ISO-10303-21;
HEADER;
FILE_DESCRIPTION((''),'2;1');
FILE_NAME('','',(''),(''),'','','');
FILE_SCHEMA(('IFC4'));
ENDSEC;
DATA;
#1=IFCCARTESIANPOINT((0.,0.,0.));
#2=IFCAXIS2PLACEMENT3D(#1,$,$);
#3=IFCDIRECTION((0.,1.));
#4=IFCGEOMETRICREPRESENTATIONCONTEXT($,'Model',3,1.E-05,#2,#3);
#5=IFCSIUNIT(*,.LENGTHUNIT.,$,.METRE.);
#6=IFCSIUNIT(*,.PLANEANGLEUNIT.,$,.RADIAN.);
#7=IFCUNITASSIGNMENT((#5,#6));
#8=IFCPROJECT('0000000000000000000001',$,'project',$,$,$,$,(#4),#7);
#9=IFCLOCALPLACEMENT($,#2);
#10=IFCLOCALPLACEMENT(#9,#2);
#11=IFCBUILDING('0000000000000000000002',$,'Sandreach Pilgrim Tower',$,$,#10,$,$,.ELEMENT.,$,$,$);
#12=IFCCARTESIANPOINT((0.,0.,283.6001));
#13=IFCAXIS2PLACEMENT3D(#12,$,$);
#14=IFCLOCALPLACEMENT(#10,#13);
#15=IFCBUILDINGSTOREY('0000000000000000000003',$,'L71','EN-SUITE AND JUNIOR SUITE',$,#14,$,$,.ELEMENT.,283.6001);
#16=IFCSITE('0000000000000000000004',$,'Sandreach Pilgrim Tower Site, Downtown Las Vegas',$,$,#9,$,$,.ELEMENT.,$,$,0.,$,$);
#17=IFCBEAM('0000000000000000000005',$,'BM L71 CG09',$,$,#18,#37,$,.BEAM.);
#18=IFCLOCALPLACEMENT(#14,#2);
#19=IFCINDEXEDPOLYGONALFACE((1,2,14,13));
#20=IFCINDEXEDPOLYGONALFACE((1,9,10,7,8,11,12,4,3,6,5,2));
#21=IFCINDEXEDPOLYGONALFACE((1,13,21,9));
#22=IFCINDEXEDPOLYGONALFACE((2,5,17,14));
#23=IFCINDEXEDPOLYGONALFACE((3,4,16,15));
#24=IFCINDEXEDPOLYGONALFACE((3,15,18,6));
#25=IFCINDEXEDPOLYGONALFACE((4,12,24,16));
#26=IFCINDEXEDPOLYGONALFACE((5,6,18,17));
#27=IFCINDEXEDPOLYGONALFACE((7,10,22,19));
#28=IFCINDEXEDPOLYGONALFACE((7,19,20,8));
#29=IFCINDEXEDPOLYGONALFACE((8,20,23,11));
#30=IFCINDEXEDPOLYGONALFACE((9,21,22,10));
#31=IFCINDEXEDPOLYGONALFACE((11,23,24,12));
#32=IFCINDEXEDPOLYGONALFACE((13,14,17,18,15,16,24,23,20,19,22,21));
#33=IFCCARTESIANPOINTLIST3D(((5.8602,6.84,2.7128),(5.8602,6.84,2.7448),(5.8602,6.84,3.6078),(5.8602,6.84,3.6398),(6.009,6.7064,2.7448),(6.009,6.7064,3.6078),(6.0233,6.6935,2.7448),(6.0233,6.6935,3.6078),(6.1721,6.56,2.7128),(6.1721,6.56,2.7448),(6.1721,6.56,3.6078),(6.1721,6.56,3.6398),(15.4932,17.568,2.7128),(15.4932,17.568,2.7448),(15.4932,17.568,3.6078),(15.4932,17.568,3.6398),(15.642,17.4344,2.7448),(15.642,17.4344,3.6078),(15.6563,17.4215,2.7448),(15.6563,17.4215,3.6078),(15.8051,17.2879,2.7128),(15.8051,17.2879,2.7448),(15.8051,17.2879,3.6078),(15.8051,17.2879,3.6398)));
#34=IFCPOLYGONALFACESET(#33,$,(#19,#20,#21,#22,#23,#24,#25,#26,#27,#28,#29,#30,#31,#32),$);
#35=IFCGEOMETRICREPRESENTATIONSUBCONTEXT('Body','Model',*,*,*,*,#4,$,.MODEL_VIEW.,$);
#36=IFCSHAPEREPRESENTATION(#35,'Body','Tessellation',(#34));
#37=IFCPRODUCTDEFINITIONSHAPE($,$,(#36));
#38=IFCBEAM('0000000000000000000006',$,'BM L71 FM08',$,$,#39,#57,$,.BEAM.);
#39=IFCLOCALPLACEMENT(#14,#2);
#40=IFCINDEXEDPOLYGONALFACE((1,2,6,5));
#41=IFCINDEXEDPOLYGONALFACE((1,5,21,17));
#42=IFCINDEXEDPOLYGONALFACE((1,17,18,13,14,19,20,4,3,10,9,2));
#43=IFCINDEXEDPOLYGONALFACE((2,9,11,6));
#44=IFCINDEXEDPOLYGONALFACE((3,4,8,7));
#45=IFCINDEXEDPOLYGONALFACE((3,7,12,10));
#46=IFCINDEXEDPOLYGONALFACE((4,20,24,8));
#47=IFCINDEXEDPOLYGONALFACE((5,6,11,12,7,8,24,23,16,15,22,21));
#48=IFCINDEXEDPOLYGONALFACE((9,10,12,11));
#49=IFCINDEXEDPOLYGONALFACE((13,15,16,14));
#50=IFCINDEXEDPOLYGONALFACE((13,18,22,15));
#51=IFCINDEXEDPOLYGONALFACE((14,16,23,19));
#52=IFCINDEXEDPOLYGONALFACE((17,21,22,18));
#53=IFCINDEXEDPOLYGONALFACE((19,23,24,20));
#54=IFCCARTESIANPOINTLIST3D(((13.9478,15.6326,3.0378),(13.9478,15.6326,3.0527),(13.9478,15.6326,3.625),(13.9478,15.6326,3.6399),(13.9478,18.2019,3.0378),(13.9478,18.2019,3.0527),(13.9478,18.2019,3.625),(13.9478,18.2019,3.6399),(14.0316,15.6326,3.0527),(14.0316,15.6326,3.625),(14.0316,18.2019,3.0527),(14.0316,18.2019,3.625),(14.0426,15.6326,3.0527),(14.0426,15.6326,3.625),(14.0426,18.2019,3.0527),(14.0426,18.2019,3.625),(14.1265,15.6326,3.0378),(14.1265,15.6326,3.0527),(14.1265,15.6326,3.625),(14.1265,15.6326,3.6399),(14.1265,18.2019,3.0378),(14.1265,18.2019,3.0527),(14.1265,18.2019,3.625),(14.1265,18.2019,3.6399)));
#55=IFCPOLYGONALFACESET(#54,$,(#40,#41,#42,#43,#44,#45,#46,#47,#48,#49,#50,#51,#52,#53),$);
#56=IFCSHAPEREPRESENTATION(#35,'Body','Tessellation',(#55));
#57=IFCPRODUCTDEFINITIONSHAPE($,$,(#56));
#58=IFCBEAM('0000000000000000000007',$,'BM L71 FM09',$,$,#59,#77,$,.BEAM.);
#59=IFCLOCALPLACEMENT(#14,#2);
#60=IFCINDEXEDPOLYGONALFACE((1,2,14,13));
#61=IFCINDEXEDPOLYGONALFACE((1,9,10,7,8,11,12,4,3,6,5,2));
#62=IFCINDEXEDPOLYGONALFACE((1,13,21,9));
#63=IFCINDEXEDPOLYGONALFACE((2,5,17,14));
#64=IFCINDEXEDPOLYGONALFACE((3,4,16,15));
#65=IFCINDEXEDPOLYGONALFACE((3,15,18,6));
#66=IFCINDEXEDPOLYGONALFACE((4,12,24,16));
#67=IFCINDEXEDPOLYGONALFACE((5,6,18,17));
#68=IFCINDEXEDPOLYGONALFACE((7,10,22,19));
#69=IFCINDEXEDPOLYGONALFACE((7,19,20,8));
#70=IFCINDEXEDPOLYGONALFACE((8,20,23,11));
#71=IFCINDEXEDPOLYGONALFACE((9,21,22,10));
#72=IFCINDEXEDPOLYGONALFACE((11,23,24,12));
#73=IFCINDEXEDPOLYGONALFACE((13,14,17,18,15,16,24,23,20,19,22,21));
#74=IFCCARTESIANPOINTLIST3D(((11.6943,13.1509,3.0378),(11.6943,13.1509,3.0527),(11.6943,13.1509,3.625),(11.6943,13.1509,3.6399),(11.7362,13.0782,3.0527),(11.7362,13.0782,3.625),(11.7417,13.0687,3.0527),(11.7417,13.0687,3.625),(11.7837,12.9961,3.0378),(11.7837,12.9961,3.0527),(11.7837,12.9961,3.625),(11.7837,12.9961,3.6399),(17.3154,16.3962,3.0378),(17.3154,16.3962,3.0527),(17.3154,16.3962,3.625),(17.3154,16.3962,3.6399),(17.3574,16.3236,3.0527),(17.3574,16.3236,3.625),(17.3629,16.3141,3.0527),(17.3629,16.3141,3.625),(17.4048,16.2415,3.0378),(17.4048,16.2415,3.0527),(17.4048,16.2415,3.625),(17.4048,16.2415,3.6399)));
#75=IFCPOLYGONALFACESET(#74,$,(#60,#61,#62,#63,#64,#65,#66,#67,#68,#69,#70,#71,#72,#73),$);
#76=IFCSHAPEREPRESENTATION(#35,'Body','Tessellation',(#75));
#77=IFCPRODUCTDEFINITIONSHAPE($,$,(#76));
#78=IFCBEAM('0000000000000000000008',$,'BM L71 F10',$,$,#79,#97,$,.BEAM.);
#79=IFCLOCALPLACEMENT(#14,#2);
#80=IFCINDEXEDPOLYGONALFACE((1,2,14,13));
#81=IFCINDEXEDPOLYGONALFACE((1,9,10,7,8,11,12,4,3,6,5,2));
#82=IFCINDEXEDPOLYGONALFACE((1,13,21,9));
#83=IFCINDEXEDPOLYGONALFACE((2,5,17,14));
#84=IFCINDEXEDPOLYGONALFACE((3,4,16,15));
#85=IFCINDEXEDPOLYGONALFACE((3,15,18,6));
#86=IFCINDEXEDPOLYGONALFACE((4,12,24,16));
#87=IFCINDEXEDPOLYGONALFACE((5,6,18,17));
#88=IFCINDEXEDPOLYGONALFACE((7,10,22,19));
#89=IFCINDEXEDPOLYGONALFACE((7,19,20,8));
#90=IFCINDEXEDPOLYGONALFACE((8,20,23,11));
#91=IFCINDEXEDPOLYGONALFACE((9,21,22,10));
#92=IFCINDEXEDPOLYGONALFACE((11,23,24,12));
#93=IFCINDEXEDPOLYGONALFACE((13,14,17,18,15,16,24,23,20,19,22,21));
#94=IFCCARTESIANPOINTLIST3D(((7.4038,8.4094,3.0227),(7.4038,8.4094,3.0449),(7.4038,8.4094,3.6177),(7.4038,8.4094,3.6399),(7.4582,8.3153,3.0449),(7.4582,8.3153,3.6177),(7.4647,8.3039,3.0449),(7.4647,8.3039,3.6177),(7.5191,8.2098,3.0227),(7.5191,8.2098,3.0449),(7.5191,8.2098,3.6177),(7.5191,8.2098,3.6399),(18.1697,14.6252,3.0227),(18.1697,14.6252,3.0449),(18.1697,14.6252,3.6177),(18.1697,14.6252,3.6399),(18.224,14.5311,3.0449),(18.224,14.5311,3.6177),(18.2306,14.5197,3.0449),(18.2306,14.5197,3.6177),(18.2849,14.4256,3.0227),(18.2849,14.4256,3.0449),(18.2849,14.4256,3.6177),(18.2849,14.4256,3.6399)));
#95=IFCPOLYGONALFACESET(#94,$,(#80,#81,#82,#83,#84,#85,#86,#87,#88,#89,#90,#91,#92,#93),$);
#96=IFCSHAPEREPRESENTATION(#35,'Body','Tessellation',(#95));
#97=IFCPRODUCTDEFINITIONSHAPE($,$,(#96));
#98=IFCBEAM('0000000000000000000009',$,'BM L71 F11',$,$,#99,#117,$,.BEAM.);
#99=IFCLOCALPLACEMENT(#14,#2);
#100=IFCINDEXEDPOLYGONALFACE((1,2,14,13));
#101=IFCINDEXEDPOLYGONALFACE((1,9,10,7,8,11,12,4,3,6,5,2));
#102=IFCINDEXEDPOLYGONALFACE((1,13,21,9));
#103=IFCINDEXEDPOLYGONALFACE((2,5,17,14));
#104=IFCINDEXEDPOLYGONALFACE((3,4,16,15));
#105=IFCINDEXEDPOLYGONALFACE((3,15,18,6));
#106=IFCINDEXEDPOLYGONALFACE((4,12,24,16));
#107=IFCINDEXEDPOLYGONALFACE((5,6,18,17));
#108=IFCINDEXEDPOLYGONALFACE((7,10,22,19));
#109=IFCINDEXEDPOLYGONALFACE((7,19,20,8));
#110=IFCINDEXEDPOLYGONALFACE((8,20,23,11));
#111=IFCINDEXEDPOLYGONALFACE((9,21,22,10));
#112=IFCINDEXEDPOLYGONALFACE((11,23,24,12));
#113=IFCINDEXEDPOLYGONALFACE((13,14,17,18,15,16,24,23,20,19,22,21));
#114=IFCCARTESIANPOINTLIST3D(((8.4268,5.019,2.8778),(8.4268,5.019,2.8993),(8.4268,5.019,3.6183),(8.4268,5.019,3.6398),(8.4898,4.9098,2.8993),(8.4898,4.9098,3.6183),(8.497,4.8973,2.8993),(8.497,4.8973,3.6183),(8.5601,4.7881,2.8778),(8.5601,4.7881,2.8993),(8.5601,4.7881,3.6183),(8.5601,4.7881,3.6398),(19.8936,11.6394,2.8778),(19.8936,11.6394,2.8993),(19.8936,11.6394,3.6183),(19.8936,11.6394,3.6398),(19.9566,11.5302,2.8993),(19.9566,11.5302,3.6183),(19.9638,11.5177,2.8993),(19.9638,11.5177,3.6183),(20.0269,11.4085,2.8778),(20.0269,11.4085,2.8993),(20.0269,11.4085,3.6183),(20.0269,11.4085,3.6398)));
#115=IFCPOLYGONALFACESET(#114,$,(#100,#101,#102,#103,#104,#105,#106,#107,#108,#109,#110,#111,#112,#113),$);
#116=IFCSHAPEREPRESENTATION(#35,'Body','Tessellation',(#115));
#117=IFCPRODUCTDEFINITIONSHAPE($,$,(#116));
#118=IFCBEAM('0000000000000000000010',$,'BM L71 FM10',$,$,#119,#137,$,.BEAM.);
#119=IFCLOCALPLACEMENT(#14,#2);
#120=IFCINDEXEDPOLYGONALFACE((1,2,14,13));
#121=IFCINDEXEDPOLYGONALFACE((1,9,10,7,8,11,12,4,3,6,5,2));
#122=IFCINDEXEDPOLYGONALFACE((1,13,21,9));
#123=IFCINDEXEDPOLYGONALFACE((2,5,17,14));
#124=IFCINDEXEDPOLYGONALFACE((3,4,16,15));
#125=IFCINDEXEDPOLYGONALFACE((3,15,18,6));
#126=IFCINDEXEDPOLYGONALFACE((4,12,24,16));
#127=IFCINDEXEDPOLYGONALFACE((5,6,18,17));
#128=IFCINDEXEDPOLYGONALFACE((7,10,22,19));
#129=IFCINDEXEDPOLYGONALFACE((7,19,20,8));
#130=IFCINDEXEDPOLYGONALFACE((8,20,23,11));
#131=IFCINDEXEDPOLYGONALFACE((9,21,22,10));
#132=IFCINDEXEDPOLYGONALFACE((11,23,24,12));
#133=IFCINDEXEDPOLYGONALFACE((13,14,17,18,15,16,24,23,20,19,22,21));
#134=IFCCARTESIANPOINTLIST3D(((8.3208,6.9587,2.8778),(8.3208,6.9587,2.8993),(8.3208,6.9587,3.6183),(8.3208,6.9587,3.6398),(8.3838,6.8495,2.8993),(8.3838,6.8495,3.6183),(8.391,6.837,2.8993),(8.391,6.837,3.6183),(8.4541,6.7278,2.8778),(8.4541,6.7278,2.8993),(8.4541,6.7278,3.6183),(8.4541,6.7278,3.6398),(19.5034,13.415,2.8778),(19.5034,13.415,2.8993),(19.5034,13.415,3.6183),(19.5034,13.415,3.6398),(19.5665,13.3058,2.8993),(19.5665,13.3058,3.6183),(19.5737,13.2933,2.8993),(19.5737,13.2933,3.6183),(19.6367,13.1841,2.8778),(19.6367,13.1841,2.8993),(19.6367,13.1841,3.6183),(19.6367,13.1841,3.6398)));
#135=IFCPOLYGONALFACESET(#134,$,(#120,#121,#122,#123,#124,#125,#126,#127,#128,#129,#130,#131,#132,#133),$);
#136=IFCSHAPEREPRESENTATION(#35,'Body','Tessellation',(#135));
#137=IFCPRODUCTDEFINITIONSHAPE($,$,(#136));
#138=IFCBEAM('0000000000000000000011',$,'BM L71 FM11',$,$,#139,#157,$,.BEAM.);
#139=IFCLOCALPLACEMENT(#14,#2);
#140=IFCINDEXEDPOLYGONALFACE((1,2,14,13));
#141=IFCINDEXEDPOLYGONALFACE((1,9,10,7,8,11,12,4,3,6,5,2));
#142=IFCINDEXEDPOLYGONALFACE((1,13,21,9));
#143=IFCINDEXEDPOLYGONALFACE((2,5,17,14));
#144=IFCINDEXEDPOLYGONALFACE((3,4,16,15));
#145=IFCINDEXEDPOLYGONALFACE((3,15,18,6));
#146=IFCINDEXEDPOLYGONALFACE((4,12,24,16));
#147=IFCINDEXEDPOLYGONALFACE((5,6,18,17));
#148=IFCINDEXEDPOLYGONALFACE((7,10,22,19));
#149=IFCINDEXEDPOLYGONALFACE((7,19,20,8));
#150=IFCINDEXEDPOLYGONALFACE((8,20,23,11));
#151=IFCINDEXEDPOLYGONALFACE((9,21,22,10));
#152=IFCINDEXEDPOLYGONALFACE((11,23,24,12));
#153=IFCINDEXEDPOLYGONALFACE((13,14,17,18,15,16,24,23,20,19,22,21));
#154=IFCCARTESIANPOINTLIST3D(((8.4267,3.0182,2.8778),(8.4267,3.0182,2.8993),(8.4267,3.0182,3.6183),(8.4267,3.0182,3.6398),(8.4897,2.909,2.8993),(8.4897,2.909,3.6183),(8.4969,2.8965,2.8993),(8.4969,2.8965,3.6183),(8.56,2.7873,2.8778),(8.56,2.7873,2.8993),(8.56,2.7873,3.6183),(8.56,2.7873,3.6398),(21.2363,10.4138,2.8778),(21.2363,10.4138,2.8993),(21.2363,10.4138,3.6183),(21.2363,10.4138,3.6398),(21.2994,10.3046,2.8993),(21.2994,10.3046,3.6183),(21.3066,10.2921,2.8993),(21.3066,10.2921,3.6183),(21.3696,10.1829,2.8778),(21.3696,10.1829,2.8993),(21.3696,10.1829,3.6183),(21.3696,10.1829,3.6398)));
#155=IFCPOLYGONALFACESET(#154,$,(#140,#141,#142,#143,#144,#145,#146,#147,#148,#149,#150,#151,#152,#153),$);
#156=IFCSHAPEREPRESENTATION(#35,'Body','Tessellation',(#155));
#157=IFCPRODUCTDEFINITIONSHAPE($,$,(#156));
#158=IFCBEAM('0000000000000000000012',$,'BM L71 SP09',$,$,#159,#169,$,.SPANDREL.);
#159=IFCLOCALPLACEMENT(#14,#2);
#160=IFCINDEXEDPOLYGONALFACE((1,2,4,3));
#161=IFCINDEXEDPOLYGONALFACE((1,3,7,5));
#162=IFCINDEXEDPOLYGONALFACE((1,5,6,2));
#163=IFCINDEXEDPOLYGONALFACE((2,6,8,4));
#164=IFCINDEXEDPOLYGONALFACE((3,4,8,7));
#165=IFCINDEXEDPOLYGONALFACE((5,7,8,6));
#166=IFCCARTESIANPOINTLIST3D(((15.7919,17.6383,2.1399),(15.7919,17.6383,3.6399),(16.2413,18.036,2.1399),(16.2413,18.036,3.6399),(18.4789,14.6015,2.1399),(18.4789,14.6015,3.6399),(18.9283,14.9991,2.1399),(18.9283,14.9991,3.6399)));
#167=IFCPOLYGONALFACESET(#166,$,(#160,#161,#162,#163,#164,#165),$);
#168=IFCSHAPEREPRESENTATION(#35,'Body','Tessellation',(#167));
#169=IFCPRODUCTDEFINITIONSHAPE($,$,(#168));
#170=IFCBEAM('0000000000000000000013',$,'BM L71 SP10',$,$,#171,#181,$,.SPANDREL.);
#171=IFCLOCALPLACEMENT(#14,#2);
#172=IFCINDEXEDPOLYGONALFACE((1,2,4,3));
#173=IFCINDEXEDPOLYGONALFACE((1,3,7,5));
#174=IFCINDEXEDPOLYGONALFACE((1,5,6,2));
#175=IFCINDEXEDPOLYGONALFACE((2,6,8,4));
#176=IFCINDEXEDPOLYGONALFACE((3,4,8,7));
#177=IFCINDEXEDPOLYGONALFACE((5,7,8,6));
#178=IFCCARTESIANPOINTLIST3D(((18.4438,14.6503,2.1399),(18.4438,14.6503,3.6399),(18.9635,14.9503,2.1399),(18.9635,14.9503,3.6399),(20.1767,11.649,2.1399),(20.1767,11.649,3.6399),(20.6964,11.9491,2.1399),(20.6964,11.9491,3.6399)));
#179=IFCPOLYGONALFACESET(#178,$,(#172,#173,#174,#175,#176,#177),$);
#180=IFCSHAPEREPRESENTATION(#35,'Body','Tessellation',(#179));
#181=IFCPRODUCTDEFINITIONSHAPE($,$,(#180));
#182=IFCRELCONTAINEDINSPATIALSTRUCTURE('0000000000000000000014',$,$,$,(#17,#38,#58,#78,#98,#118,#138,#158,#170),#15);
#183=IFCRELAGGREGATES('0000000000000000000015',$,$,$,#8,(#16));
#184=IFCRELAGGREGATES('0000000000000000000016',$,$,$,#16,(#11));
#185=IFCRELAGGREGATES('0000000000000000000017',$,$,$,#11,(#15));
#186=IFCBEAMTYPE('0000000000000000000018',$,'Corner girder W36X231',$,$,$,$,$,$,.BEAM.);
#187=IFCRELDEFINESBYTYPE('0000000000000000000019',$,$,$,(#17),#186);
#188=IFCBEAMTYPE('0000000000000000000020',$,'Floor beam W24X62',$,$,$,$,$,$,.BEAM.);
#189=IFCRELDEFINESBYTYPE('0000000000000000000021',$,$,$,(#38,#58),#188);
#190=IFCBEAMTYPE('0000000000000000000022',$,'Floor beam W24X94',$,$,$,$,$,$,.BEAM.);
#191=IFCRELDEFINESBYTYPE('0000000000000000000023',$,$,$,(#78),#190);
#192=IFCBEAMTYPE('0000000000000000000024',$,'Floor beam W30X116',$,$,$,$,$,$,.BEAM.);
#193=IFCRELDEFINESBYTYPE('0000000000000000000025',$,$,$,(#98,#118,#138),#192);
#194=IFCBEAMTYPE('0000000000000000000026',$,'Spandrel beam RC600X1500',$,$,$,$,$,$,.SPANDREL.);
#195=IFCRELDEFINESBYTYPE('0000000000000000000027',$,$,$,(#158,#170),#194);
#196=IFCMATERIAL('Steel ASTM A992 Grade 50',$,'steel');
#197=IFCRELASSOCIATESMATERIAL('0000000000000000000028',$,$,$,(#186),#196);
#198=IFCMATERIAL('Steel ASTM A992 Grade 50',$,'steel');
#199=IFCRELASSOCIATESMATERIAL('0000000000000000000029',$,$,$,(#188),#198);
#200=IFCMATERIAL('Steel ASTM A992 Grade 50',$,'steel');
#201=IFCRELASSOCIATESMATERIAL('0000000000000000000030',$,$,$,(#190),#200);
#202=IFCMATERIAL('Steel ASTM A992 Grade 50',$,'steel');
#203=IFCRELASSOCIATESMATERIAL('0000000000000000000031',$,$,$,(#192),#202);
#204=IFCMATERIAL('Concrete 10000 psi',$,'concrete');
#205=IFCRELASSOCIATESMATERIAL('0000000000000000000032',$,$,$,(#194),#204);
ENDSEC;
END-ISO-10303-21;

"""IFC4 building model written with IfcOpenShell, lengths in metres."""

from ifc_helpers import new_model, si_unit, direction, frame, origin, origin_2d, place, context, subcontext, project, spatial, rectangle, i_section, extrude, material, material_profile, profile_set, type_object, element, save


model = new_model("IFC4")

# Units and contexts
model_context = context("Model", 3, precision=1e-05, world=origin(), true_north=direction((0.0, 1.0)))
body_context = subcontext(model_context, "Body", "Model", "MODEL_VIEW")
ifc_project = project(units=[si_unit("LENGTHUNIT", "METRE"), si_unit("PLANEANGLEUNIT", "RADIAN")], contexts=[model_context])

# Site, building, storey
site_placement = place(None, origin())
site = spatial("IfcSite", under=ifc_project, at=site_placement, Name="Sandreach Pilgrim Tower Site, Downtown Las Vegas", CompositionType="ELEMENT", RefElevation=0.0)
building_placement = place(site_placement, origin())
building = spatial("IfcBuilding", under=site, at=building_placement, Name="Sandreach Pilgrim Tower", CompositionType="ELEMENT")
storey_placement = place(building_placement, frame((0.0, 0.0, 283.6001)))
storey = spatial("IfcBuildingStorey", under=building, at=storey_placement, Name="L71", Description="EN-SUITE AND JUNIOR SUITE", CompositionType="ELEMENT", Elevation=283.6001)

# Beams
ifc_material_1 = material(Name="Steel ASTM A992 Grade 50", Category="steel")
ifc_material_profile_1 = material_profile(ifc_material_1, i_section(OverallWidth=0.4192, OverallDepth=0.927, WebThickness=0.0193, FlangeThickness=0.032, at=origin_2d()), Name="W36X231")
ifc_profile_set_1 = profile_set([ifc_material_profile_1], Name="Steel ASTM A992 Grade 50")
beam_type_1 = type_object("IfcBeamType", Name="Corner girder W36X231", PredefinedType="BEAM", material=ifc_profile_set_1)
beam_1_placement = place(storey_placement, frame((15.6492, 17.428, 3.1763), z_axis=(-0.668115, -0.744058, 0.0), x_axis=(0.744058, -0.668115, 0.0)))
element("IfcBeam", 1, at=beam_1_placement, inside=storey, type_object=beam_type_1, Name="BM L71 CG09", PredefinedType="BEAM", context=body_context, shape_type="SweptSolid", body=[
    extrude(i_section(OverallWidth=0.4192, OverallDepth=0.927, WebThickness=0.0193, FlangeThickness=0.032, at=origin_2d()), origin(), (0.0, 0.0, 1.0), 14.4182),
])
ifc_material_2 = material(Name="Steel ASTM A992 Grade 50", Category="steel")
ifc_material_profile_2 = material_profile(ifc_material_2, i_section(OverallWidth=0.1787, OverallDepth=0.6021, WebThickness=0.011, FlangeThickness=0.0149, at=origin_2d()), Name="W24X62")
ifc_profile_set_2 = profile_set([ifc_material_profile_2], Name="Steel ASTM A992 Grade 50")
beam_type_2 = type_object("IfcBeamType", Name="Floor beam W24X62", PredefinedType="BEAM", material=ifc_profile_set_2)
beam_2_placement = place(storey_placement, frame((14.0371, 18.2019, 3.3389), z_axis=(0.0, -1.0, 0.0), x_axis=(1.0, 0.0, 0.0)))
element("IfcBeam", 2, at=beam_2_placement, inside=storey, type_object=beam_type_2, Name="BM L71 FM08", PredefinedType="BEAM", context=body_context, shape_type="SweptSolid", body=[
    extrude(i_section(OverallWidth=0.1787, OverallDepth=0.6021, WebThickness=0.011, FlangeThickness=0.0149, at=origin_2d()), origin(), (0.0, 0.0, 1.0), 2.5693),
])
beam_3_placement = place(storey_placement, frame((17.3601, 16.3188, 3.3389), z_axis=(-0.866024, -0.500002, 0.0), x_axis=(0.500002, -0.866024, 0.0)))
element("IfcBeam", 3, at=beam_3_placement, inside=storey, type_object=beam_type_2, Name="BM L71 FM09", PredefinedType="BEAM", context=body_context, shape_type="SweptSolid", body=[
    extrude(i_section(OverallWidth=0.1787, OverallDepth=0.6021, WebThickness=0.011, FlangeThickness=0.0149, at=origin_2d()), origin(), (0.0, 0.0, 1.0), 6.4907),
])
ifc_material_3 = material(Name="Steel ASTM A992 Grade 50", Category="steel")
ifc_material_profile_3 = material_profile(ifc_material_3, i_section(OverallWidth=0.2305, OverallDepth=0.6172, WebThickness=0.0132, FlangeThickness=0.0222, at=origin_2d()), Name="W24X94")
ifc_profile_set_3 = profile_set([ifc_material_profile_3], Name="Steel ASTM A992 Grade 50")
beam_type_3 = type_object("IfcBeamType", Name="Floor beam W24X94", PredefinedType="BEAM", material=ifc_profile_set_3)
beam_4_placement = place(storey_placement, frame((18.2273, 14.5254, 3.3313), z_axis=(-0.86602, -0.500009, 0.0), x_axis=(0.500009, -0.86602, 0.0)))
element("IfcBeam", 4, at=beam_4_placement, inside=storey, type_object=beam_type_3, Name="BM L71 F10", PredefinedType="BEAM", context=body_context, shape_type="SweptSolid", body=[
    extrude(i_section(OverallWidth=0.2305, OverallDepth=0.6172, WebThickness=0.0132, FlangeThickness=0.0222, at=origin_2d()), origin(), (0.0, 0.0, 1.0), 12.4314),
])
ifc_material_4 = material(Name="Steel ASTM A992 Grade 50", Category="steel")
ifc_material_profile_4 = material_profile(ifc_material_4, i_section(OverallWidth=0.2666, OverallDepth=0.762, WebThickness=0.0144, FlangeThickness=0.0215, at=origin_2d()), Name="W30X116")
ifc_profile_set_4 = profile_set([ifc_material_profile_4], Name="Steel ASTM A992 Grade 50")
beam_type_4 = type_object("IfcBeamType", Name="Floor beam W30X116", PredefinedType="BEAM", material=ifc_profile_set_4)
beam_5_placement = place(storey_placement, frame((19.9602, 11.5239, 3.2588), z_axis=(-0.866025, -0.5, 0.0), x_axis=(0.5, -0.866025, 0.0)))
element("IfcBeam", 5, at=beam_5_placement, inside=storey, type_object=beam_type_4, Name="BM L71 F11", PredefinedType="BEAM", context=body_context, shape_type="SweptSolid", body=[
    extrude(i_section(OverallWidth=0.2666, OverallDepth=0.762, WebThickness=0.0144, FlangeThickness=0.0215, at=origin_2d()), origin(), (0.0, 0.0, 1.0), 13.2407),
])
beam_6_placement = place(storey_placement, frame((19.5701, 13.2996, 3.2588), z_axis=(-0.866025, -0.500001, 0.0), x_axis=(0.500001, -0.866025, 0.0)))
element("IfcBeam", 6, at=beam_6_placement, inside=storey, type_object=beam_type_4, Name="BM L71 FM10", PredefinedType="BEAM", context=body_context, shape_type="SweptSolid", body=[
    extrude(i_section(OverallWidth=0.2666, OverallDepth=0.762, WebThickness=0.0144, FlangeThickness=0.0215, at=origin_2d()), origin(), (0.0, 0.0, 1.0), 12.9126),
])
beam_7_placement = place(storey_placement, frame((21.303, 10.2983, 3.2588), z_axis=(-0.866028, -0.499995, 0.0), x_axis=(0.499995, -0.866028, 0.0)))
element("IfcBeam", 7, at=beam_7_placement, inside=storey, type_object=beam_type_4, Name="BM L71 FM11", PredefinedType="BEAM", context=body_context, shape_type="SweptSolid", body=[
    extrude(i_section(OverallWidth=0.2666, OverallDepth=0.762, WebThickness=0.0144, FlangeThickness=0.0215, at=origin_2d()), origin(), (0.0, 0.0, 1.0), 14.7913),
])
ifc_material_5 = material(Name="Concrete 10000 psi", Category="concrete")
ifc_material_profile_5 = material_profile(ifc_material_5, rectangle(XDim=0.6001, YDim=1.5, at=origin_2d()), Name="RC600X1500")
ifc_profile_set_5 = profile_set([ifc_material_profile_5], Name="Concrete 10000 psi")
beam_type_5 = type_object("IfcBeamType", Name="Spandrel beam RC600X1500", PredefinedType="SPANDREL", material=ifc_profile_set_5)
beam_8_placement = place(storey_placement, frame((16.0166, 17.8372, 2.8899), z_axis=(0.662651, -0.748929, 0.0), x_axis=(0.748929, 0.662651, 0.0)))
element("IfcBeam", 8, at=beam_8_placement, inside=storey, type_object=beam_type_5, Name="BM L71 SP09", PredefinedType="SPANDREL", context=body_context, shape_type="SweptSolid", body=[
    extrude(rectangle(XDim=0.6001, YDim=1.5, at=origin_2d()), origin(), (0.0, 0.0, 1.0), 4.0549),
])
for number, where, z_axis, x_axis, name in (
    (9, (18.7036, 14.8003, 2.8899), (0.500033, -0.866006, 0.0), (0.866006, 0.500033, 0.0), "BM L71 SP10"),
):
    element("IfcBeam", number, at=place(storey_placement, frame(where, z_axis=z_axis, x_axis=x_axis)), inside=storey, type_object=beam_type_5, Name=name, PredefinedType="SPANDREL", context=body_context, shape_type="SweptSolid", body=[
        extrude(rectangle(XDim=0.6001, YDim=1.5, at=origin_2d()), origin(), (0.0, 0.0, 1.0), 3.4656),
    ])

save(model, "model.ifc")
